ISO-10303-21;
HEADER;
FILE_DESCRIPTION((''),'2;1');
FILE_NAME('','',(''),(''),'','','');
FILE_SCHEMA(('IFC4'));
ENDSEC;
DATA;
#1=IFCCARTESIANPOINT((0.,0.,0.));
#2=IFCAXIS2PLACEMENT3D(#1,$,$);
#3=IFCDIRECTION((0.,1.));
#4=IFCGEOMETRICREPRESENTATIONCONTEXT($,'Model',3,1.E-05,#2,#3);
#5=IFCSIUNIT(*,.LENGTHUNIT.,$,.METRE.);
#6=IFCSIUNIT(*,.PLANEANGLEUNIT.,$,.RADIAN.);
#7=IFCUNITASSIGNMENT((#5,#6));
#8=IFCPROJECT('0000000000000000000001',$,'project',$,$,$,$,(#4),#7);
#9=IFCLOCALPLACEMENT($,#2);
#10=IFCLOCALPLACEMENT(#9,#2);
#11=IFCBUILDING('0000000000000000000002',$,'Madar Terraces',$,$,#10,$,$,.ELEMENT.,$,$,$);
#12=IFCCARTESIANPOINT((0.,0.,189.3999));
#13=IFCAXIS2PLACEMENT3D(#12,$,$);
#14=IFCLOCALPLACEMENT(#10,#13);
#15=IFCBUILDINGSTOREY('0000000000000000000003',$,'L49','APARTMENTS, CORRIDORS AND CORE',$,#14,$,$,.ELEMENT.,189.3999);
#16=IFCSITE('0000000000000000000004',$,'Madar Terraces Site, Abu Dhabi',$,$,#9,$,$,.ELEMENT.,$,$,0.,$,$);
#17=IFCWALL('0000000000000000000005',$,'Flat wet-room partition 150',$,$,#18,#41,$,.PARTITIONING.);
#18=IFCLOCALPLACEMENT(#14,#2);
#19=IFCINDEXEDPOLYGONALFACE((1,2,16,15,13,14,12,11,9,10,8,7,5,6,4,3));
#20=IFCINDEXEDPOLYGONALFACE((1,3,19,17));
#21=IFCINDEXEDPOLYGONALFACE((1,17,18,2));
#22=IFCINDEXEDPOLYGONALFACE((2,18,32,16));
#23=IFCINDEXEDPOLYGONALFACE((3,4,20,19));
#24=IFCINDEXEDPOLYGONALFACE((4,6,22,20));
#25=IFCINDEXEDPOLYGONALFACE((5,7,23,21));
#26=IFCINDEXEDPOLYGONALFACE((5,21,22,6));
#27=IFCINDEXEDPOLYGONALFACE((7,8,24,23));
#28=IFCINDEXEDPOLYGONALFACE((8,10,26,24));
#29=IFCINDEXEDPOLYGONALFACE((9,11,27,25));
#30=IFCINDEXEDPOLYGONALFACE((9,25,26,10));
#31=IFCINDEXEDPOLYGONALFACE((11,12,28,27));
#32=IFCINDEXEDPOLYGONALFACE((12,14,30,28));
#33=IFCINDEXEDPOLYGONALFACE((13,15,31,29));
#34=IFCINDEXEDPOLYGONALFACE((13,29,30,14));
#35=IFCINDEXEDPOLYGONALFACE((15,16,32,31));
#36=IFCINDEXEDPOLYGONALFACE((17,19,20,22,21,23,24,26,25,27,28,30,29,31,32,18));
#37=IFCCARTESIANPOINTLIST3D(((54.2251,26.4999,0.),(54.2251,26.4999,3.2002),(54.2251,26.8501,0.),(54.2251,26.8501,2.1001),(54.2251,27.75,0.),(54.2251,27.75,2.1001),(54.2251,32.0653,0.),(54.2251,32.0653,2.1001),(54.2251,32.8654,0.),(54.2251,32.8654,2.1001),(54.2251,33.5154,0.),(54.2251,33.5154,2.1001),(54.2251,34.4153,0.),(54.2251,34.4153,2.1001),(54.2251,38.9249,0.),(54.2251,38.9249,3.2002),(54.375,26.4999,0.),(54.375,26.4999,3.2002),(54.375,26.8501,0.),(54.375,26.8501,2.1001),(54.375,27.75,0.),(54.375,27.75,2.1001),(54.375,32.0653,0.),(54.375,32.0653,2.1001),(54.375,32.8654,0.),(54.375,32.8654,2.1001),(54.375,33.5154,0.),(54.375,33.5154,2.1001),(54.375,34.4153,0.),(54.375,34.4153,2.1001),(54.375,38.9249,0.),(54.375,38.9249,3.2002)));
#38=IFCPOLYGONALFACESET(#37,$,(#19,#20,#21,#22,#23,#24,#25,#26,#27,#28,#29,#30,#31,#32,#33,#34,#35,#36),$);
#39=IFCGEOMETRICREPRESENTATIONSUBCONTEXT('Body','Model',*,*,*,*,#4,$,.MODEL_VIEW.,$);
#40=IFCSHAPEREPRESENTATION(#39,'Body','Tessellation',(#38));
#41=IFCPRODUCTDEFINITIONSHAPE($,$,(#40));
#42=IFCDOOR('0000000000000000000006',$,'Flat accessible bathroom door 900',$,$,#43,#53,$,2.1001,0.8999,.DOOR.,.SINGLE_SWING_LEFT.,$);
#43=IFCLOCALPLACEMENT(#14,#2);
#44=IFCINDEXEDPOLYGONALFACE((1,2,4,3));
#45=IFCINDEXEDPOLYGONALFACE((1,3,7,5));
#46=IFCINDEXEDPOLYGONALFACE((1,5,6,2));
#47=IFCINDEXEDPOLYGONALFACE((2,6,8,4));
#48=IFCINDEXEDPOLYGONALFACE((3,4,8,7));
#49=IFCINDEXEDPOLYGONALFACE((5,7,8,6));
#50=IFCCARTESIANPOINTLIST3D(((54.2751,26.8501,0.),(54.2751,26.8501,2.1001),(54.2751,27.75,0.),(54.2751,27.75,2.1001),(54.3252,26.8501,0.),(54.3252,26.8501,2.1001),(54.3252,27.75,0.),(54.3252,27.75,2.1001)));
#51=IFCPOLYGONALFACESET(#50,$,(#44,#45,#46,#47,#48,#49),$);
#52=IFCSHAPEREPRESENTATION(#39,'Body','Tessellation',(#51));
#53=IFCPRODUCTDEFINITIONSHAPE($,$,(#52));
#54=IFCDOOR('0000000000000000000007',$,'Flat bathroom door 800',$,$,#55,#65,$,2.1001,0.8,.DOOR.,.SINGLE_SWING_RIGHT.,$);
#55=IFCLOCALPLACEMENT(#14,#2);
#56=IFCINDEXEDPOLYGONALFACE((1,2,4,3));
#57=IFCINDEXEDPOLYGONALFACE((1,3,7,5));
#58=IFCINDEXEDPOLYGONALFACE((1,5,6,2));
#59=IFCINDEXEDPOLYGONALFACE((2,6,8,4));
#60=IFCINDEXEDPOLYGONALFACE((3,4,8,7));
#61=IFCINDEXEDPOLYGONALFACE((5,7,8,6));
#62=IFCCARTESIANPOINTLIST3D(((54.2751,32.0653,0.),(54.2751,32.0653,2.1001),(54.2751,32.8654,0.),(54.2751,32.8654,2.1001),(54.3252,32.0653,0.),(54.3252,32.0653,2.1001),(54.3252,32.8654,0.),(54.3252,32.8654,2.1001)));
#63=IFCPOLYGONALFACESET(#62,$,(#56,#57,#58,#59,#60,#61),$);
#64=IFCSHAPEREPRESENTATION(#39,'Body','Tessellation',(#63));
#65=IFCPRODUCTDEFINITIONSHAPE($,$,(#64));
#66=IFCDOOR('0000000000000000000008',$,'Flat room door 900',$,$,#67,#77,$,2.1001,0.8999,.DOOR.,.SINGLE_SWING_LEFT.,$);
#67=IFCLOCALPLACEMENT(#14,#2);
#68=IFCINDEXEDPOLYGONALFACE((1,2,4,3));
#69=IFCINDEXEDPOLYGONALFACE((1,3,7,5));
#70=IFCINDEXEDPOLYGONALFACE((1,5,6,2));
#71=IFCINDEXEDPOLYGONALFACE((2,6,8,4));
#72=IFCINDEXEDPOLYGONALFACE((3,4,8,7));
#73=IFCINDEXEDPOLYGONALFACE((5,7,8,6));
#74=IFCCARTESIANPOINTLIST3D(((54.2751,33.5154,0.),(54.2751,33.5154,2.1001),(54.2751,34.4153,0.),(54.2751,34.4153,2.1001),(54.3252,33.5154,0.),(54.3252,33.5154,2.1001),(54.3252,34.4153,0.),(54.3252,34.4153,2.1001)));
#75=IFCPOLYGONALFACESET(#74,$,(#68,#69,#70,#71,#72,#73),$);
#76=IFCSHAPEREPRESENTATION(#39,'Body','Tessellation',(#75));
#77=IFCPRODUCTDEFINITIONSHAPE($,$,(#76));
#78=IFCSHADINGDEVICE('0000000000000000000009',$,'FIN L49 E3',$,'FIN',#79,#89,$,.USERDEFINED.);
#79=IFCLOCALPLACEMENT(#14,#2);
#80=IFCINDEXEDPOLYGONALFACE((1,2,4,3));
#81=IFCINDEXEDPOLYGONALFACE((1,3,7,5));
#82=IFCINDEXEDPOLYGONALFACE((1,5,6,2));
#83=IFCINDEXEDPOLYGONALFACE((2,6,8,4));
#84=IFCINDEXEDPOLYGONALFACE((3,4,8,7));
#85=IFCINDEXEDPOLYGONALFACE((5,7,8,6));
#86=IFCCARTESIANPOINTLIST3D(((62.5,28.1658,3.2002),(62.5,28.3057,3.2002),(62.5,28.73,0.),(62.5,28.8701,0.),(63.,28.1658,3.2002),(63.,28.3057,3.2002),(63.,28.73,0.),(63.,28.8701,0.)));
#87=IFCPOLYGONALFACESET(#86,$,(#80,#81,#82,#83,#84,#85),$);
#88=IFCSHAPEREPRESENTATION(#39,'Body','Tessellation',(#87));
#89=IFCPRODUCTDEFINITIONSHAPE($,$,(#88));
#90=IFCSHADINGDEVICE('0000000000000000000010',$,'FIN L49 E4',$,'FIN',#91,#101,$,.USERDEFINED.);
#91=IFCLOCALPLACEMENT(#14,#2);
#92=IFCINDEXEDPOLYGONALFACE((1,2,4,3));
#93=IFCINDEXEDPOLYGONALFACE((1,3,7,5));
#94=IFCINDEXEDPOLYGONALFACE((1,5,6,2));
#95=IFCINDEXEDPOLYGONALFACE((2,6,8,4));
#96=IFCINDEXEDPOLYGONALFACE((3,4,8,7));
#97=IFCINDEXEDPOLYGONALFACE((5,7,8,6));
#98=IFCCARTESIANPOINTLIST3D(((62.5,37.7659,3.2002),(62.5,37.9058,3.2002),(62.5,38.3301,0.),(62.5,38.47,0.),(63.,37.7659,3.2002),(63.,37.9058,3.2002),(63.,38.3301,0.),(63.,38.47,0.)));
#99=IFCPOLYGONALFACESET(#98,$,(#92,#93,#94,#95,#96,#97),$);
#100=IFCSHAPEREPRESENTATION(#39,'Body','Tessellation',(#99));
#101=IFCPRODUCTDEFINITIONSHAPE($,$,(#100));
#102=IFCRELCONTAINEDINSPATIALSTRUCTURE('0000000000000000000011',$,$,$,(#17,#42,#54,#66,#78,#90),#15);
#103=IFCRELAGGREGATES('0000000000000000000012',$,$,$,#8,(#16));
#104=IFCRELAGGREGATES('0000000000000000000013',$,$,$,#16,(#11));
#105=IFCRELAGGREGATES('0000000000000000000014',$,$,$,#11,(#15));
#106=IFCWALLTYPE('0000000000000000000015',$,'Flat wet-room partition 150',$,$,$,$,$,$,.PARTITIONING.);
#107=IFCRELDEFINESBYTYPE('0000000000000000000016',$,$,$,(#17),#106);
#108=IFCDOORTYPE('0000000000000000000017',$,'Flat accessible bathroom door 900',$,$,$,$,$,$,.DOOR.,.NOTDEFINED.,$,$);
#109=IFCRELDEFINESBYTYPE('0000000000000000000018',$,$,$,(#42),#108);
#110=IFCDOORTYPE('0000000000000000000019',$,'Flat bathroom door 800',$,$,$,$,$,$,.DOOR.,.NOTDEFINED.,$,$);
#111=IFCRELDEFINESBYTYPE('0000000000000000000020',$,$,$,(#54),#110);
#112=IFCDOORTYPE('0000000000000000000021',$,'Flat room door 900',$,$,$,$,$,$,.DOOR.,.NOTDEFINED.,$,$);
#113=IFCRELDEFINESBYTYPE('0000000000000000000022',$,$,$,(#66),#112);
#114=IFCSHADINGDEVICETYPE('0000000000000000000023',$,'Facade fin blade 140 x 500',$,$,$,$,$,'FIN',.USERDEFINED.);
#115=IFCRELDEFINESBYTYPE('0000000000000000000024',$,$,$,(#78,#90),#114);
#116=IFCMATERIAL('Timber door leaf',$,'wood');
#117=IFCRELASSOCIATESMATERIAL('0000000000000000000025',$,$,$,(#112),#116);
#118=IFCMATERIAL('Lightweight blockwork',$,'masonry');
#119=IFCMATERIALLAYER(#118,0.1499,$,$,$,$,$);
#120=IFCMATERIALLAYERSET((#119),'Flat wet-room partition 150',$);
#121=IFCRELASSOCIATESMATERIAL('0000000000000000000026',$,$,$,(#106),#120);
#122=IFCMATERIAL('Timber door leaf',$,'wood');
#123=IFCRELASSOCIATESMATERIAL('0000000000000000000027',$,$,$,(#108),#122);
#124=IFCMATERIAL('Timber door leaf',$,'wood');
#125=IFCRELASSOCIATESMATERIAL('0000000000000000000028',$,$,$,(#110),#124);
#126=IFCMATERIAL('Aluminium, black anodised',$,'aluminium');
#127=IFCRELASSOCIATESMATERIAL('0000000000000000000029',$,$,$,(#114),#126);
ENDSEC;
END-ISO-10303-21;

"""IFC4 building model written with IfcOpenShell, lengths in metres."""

from ifc_helpers import new_model, si_unit, direction, frame, frame_2d, origin, place, context, subcontext, project, spatial, polyline, rectangle, outline, extrude, material, layer, layer_set, type_object, element, fill, save


model = new_model("IFC4")

# Units and contexts
model_context = context("Model", 3, precision=1e-05, world=origin(), true_north=direction((0.0, 1.0)))
body_context = subcontext(model_context, "Body", "Model", "MODEL_VIEW")
ifc_project = project(units=[si_unit("LENGTHUNIT", "METRE"), si_unit("PLANEANGLEUNIT", "RADIAN")], contexts=[model_context])

# Site, building, storey
site_placement = place(None, origin())
site = spatial("IfcSite", under=ifc_project, at=site_placement, Name="Madar Terraces Site, Abu Dhabi", CompositionType="ELEMENT", RefElevation=0.0)
building_placement = place(site_placement, origin())
building = spatial("IfcBuilding", under=site, at=building_placement, Name="Madar Terraces", CompositionType="ELEMENT")
storey_placement = place(building_placement, frame((0.0, 0.0, 189.3999)))
storey = spatial("IfcBuildingStorey", under=building, at=storey_placement, Name="L49", Description="APARTMENTS, CORRIDORS AND CORE", CompositionType="ELEMENT", Elevation=189.3999)

# Shared definitions
ifc_material_1 = material(Name="Timber door leaf", Category="wood")
door_type_1 = type_object("IfcDoorType", Name="Flat room door 900", OperationType="NOTDEFINED", PredefinedType="DOOR", material=ifc_material_1)

# Shared definitions
ifc_material_2 = material(Name="Lightweight blockwork", Category="masonry")
ifc_layer_1 = layer(ifc_material_2, 0.1499)
ifc_layer_set_1 = layer_set([ifc_layer_1], Name="Flat wet-room partition 150")
wall_type_1 = type_object("IfcWallType", Name="Flat wet-room partition 150", PredefinedType="PARTITIONING", material=ifc_layer_set_1)

# Wall, openings, doors
wall_1_placement = place(storey_placement, frame((54.3, 26.5, 0.0), z_axis=(0.0, 0.0, 1.0), x_axis=(0.0, 1.0, 0.0)))
wall_1 = element("IfcWall", 1, at=wall_1_placement, inside=storey, type_object=wall_type_1, Name="Flat wet-room partition 150", PredefinedType="PARTITIONING", context=body_context, shape_type="SweptSolid", body=[
    extrude(rectangle(XDim=12.425, YDim=0.1499, at=frame_2d((6.2124, 0.0))), origin(), (0.0, 0.0, 1.0), 3.2002),
])
opening_1_placement = place(wall_1_placement, frame((7.0154, 0.0, 0.0)))
opening_1 = element("IfcOpeningElement", 2, at=opening_1_placement, cuts=wall_1, PredefinedType="OPENING", context=body_context, shape_type="SweptSolid", body=[
    extrude(rectangle(XDim=0.8999, YDim=2.1001, at=frame_2d((0.45, 1.05))), frame((0.0, 0.085, 0.0), z_axis=(0.0, -1.0, 0.0), x_axis=(1.0, 0.0, 0.0)), (0.0, 0.0, 1.0), 0.1699),
])
opening_2_placement = place(wall_1_placement, frame((5.5654, 0.0, 0.0)))
opening_2 = element("IfcOpeningElement", 3, at=opening_2_placement, cuts=wall_1, PredefinedType="OPENING", context=body_context, shape_type="SweptSolid", body=[
    extrude(rectangle(XDim=0.8, YDim=2.1001, at=frame_2d((0.3999, 1.05))), frame((0.0, 0.085, 0.0), z_axis=(0.0, -1.0, 0.0), x_axis=(1.0, 0.0, 0.0)), (0.0, 0.0, 1.0), 0.1699),
])
opening_3_placement = place(wall_1_placement, frame((0.3501, 0.0, 0.0)))
opening_3 = element("IfcOpeningElement", 4, at=opening_3_placement, cuts=wall_1, PredefinedType="OPENING", context=body_context, shape_type="SweptSolid", body=[
    extrude(rectangle(XDim=0.8999, YDim=2.1001, at=frame_2d((0.45, 1.05))), frame((0.0, 0.085, 0.0), z_axis=(0.0, -1.0, 0.0), x_axis=(1.0, 0.0, 0.0)), (0.0, 0.0, 1.0), 0.1699),
])
ifc_material_3 = material(Name="Timber door leaf", Category="wood")
door_type_2 = type_object("IfcDoorType", Name="Flat accessible bathroom door 900", OperationType="NOTDEFINED", PredefinedType="DOOR", material=ifc_material_3)
door_1_placement = place(opening_3_placement, origin())
door_1 = element("IfcDoor", 5, at=door_1_placement, inside=storey, type_object=door_type_2, Name="Flat accessible bathroom door 900", OperationType="SINGLE_SWING_LEFT", OverallHeight=2.1001, OverallWidth=0.8999, PredefinedType="DOOR", context=body_context, shape_type="SweptSolid", body=[
    extrude(rectangle(XDim=0.8999, YDim=2.1001, at=frame_2d((0.45, 1.05))), frame((0.0, 0.0249, 0.0), z_axis=(0.0, -1.0, 0.0), x_axis=(1.0, 0.0, 0.0)), (0.0, 0.0, 1.0), 0.05),
])
fill(opening_3, door_1)
ifc_material_4 = material(Name="Timber door leaf", Category="wood")
door_type_3 = type_object("IfcDoorType", Name="Flat bathroom door 800", OperationType="NOTDEFINED", PredefinedType="DOOR", material=ifc_material_4)
door_2_placement = place(opening_2_placement, origin())
door_2 = element("IfcDoor", 6, at=door_2_placement, inside=storey, type_object=door_type_3, Name="Flat bathroom door 800", OperationType="SINGLE_SWING_RIGHT", OverallHeight=2.1001, OverallWidth=0.8, PredefinedType="DOOR", context=body_context, shape_type="SweptSolid", body=[
    extrude(rectangle(XDim=0.8, YDim=2.1001, at=frame_2d((0.3999, 1.05))), frame((0.0, 0.0249, 0.0), z_axis=(0.0, -1.0, 0.0), x_axis=(1.0, 0.0, 0.0)), (0.0, 0.0, 1.0), 0.05),
])
fill(opening_2, door_2)
door_3_placement = place(opening_1_placement, origin())
door_3 = element("IfcDoor", 7, at=door_3_placement, inside=storey, type_object=door_type_1, Name="Flat room door 900", OperationType="SINGLE_SWING_LEFT", OverallHeight=2.1001, OverallWidth=0.8999, PredefinedType="DOOR", context=body_context, shape_type="SweptSolid", body=[
    extrude(rectangle(XDim=0.8999, YDim=2.1001, at=frame_2d((0.45, 1.05))), frame((0.0, 0.0249, 0.0), z_axis=(0.0, -1.0, 0.0), x_axis=(1.0, 0.0, 0.0)), (0.0, 0.0, 1.0), 0.05),
])
fill(opening_1, door_3)

# Shading devices
ifc_material_5 = material(Name="Aluminium, black anodised", Category="aluminium")
shading_device_type = type_object("IfcShadingDeviceType", Name="Facade fin blade 140 x 500", ElementType="FIN", PredefinedType="USERDEFINED", material=ifc_material_5)
shading_device_1_placement = place(storey_placement, frame((62.75, 28.73, 0.0), z_axis=(0.0, 0.0, 1.0), x_axis=(0.0, 1.0, 0.0)))
element("IfcShadingDevice", 8, at=shading_device_1_placement, inside=storey, type_object=shading_device_type, Name="FIN L49 E3", ObjectType="FIN", PredefinedType="USERDEFINED", context=body_context, shape_type="SweptSolid", body=[
    extrude(outline(polyline([(0.0, 0.0), (0.1401, 0.0), (-0.4243, 3.2002), (-0.5642, 3.2002), (0.0, 0.0)])), frame((0.0, 0.25, 0.0), z_axis=(0.0, -1.0, 0.0), x_axis=(1.0, 0.0, 0.0)), (0.0, 0.0, 1.0), 0.5),
])
shading_device_2_placement = place(storey_placement, frame((62.75, 38.3301, 0.0), z_axis=(0.0, 0.0, 1.0), x_axis=(0.0, 1.0, 0.0)))
element("IfcShadingDevice", 9, at=shading_device_2_placement, inside=storey, type_object=shading_device_type, Name="FIN L49 E4", ObjectType="FIN", PredefinedType="USERDEFINED", context=body_context, shape_type="SweptSolid", body=[
    extrude(outline(polyline([(0.0, 0.0), (0.1399, 0.0), (-0.4243, 3.2002), (-0.5642, 3.2002), (0.0, 0.0)])), frame((0.0, 0.25, 0.0), z_axis=(0.0, -1.0, 0.0), x_axis=(1.0, 0.0, 0.0)), (0.0, 0.0, 1.0), 0.5),
])

save(model, "model.ifc")
